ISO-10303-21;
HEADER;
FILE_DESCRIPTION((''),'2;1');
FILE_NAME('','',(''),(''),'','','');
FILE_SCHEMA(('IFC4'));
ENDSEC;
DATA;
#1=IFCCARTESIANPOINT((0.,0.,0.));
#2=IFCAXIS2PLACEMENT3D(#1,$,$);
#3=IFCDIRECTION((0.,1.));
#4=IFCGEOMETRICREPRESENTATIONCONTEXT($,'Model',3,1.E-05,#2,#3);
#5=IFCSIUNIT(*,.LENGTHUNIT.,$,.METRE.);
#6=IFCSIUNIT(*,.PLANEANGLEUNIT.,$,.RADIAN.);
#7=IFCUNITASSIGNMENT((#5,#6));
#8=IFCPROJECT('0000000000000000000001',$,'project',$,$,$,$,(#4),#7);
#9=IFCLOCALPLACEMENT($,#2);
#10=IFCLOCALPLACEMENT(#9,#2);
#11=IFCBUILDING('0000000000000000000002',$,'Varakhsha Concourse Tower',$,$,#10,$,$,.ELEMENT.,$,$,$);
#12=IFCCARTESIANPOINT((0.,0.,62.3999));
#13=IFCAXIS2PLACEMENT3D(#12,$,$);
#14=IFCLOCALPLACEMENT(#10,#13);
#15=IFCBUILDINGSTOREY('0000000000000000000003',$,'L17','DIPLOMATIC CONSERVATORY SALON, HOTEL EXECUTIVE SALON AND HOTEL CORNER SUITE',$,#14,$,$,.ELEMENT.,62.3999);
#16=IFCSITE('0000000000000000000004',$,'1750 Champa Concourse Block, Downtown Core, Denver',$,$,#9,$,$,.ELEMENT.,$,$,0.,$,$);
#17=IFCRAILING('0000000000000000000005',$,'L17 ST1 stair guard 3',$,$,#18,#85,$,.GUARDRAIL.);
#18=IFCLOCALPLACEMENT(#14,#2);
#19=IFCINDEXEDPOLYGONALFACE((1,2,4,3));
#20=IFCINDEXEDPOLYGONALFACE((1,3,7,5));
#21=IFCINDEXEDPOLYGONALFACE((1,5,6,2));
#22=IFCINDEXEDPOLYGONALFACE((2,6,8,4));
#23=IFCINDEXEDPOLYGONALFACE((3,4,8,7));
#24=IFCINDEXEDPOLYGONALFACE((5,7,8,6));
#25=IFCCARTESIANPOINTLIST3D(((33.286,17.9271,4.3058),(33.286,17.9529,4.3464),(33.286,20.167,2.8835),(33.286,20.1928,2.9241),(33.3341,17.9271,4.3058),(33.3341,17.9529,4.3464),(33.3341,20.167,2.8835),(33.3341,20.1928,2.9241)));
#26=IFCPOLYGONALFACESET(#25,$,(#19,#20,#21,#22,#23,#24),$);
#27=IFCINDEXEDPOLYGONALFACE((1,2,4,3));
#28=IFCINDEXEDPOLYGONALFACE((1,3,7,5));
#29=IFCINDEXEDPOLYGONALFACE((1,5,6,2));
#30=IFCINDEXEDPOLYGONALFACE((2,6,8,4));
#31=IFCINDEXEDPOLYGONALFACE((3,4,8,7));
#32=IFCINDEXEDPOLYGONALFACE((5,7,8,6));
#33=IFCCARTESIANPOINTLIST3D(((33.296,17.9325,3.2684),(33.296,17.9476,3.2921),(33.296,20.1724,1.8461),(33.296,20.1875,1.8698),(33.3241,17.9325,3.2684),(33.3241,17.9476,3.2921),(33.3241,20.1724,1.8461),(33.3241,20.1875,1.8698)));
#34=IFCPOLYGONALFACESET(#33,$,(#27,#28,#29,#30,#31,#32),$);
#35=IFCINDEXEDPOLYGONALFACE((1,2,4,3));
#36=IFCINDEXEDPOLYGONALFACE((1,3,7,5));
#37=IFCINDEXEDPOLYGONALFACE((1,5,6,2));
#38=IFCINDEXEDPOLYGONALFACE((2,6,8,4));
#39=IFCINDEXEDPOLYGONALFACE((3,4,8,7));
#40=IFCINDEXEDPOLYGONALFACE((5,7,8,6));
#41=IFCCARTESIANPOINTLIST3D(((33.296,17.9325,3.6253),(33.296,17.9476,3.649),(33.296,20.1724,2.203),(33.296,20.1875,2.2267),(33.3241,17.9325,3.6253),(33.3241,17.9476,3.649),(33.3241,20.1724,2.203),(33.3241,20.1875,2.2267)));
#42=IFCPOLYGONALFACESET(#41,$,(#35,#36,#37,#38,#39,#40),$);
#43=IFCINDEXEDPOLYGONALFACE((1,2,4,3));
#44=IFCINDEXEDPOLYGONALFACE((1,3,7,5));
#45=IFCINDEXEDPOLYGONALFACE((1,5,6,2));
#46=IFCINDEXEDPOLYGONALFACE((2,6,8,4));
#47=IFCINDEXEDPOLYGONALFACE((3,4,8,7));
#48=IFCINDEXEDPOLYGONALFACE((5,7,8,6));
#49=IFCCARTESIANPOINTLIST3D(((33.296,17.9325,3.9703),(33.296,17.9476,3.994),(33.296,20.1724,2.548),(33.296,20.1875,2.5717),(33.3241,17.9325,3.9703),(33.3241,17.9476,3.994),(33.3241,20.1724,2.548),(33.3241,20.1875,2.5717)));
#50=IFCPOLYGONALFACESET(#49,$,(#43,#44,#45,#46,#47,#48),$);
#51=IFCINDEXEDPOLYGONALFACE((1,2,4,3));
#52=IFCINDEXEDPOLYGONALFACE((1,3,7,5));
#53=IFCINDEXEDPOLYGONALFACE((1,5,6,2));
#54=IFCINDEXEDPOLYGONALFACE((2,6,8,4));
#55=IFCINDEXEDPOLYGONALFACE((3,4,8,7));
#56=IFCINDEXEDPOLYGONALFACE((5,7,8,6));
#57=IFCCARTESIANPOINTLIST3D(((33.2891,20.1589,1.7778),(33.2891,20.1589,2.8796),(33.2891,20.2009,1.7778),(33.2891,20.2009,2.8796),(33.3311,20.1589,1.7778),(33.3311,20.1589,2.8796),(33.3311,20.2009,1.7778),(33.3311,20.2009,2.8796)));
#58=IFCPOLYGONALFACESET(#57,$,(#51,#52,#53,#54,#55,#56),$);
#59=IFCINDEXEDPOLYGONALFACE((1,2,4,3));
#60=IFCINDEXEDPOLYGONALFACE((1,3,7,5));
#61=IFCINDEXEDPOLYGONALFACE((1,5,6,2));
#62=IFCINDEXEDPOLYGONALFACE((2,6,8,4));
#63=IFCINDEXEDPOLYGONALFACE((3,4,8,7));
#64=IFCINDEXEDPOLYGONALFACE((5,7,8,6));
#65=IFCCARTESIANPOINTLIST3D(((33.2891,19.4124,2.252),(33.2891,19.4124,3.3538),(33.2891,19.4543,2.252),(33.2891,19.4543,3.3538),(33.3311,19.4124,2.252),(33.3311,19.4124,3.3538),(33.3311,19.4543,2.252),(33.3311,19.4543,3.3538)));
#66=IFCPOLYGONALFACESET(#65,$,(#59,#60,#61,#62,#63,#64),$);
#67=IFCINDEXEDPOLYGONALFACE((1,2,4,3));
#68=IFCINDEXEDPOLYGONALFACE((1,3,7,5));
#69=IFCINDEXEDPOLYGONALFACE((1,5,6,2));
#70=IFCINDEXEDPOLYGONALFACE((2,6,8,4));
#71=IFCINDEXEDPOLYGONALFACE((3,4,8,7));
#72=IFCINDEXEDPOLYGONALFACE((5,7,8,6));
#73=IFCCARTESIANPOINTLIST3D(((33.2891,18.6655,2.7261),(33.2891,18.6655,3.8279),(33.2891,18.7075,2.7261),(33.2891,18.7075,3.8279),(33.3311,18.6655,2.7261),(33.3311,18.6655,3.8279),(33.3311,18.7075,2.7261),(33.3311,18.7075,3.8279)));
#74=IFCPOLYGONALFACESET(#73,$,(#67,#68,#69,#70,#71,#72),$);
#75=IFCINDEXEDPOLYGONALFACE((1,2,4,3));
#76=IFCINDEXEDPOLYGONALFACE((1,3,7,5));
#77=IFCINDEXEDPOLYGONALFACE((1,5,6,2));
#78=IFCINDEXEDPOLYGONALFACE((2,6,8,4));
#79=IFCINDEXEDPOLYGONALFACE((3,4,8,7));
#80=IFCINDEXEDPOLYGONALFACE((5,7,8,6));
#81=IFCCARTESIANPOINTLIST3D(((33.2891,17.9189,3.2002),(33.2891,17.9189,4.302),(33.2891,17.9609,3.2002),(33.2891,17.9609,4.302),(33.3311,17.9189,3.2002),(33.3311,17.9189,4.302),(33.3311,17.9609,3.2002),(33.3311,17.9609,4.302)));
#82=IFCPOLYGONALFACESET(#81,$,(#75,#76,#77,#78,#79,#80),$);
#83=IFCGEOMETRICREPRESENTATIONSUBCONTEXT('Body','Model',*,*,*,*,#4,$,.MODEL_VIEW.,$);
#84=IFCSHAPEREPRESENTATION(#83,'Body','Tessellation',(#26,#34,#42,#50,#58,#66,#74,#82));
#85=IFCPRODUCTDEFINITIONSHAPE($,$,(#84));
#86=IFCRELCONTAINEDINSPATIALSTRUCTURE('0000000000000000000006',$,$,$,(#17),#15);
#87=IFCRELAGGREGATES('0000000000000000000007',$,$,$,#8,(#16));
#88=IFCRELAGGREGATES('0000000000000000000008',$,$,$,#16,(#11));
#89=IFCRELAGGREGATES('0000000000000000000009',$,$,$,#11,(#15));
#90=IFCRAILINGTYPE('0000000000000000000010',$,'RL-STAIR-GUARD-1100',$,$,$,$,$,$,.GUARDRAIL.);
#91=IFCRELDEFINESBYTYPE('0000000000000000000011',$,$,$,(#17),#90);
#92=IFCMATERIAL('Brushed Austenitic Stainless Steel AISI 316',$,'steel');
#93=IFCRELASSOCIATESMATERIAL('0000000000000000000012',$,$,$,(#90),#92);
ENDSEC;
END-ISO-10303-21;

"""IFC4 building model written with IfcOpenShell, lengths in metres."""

from ifc_helpers import new_model, si_unit, direction, frame, origin, origin_2d, place, context, subcontext, project, spatial, rectangle, extrude, material, type_object, element, save


model = new_model("IFC4")

# Units and contexts
model_context = context("Model", 3, precision=1e-05, world=origin(), true_north=direction((0.0, 1.0)))
body_context = subcontext(model_context, "Body", "Model", "MODEL_VIEW")
ifc_project = project(units=[si_unit("LENGTHUNIT", "METRE"), si_unit("PLANEANGLEUNIT", "RADIAN")], contexts=[model_context])

# Site, building, storey
site_placement = place(None, origin())
site = spatial("IfcSite", under=ifc_project, at=site_placement, Name="1750 Champa Concourse Block, Downtown Core, Denver", CompositionType="ELEMENT", RefElevation=0.0)
building_placement = place(site_placement, origin())
building = spatial("IfcBuilding", under=site, at=building_placement, Name="Varakhsha Concourse Tower", CompositionType="ELEMENT")
storey_placement = place(building_placement, frame((0.0, 0.0, 62.3999)))
storey = spatial("IfcBuildingStorey", under=building, at=storey_placement, Name="L17", Description="DIPLOMATIC CONSERVATORY SALON, HOTEL EXECUTIVE SALON AND HOTEL CORNER SUITE", CompositionType="ELEMENT", Elevation=62.3999)

# Shared definitions
ifc_material_1 = material(Name="Brushed Austenitic Stainless Steel AISI 316", Category="steel")

# Railing
railing_type = type_object("IfcRailingType", Name="RL-STAIR-GUARD-1100", PredefinedType="GUARDRAIL", material=ifc_material_1)
railing_placement = place(storey_placement, frame((33.3101, 20.1799, 1.7778)))
element("IfcRailing", 1, at=railing_placement, inside=storey, type_object=railing_type, Name="L17 ST1 stair guard 3", PredefinedType="GUARDRAIL", context=body_context, shape_type="SweptSolid", body=[
    extrude(rectangle(XDim=0.0481, YDim=0.0481, at=origin_2d()), frame((0.0, 0.0, 1.126), z_axis=(0.0, -0.844188, 0.536048), x_axis=(1.0, 0.0, 0.0)), (0.0, 0.0, 1.0), 2.6533),
    extrude(rectangle(XDim=0.0281, YDim=0.0281, at=origin_2d()), frame((0.0, 0.0, 0.0801), z_axis=(0.0, -0.844188, 0.536048), x_axis=(1.0, 0.0, 0.0)), (0.0, 0.0, 1.0), 2.6533),
    extrude(rectangle(XDim=0.0281, YDim=0.0281, at=origin_2d()), frame((0.0, 0.0, 0.437), z_axis=(0.0, -0.844188, 0.536048), x_axis=(1.0, 0.0, 0.0)), (0.0, 0.0, 1.0), 2.6533),
    extrude(rectangle(XDim=0.0281, YDim=0.0281, at=origin_2d()), frame((0.0, 0.0, 0.782), z_axis=(0.0, -0.844188, 0.536048), x_axis=(1.0, 0.0, 0.0)), (0.0, 0.0, 1.0), 2.6533),
    extrude(rectangle(XDim=0.042, YDim=0.042, at=origin_2d()), origin(), (0.0, 0.0, 1.0), 1.1018),
    extrude(rectangle(XDim=0.042, YDim=0.042, at=origin_2d()), frame((0.0, -0.7466, 0.4741)), (0.0, 0.0, 1.0), 1.1018),
    extrude(rectangle(XDim=0.042, YDim=0.042, at=origin_2d()), frame((0.0, -1.4934, 0.9482)), (0.0, 0.0, 1.0), 1.1018),
    extrude(rectangle(XDim=0.042, YDim=0.042, at=origin_2d()), frame((0.0, -2.24, 1.4224)), (0.0, 0.0, 1.0), 1.1018),
])

save(model, "model.ifc")
